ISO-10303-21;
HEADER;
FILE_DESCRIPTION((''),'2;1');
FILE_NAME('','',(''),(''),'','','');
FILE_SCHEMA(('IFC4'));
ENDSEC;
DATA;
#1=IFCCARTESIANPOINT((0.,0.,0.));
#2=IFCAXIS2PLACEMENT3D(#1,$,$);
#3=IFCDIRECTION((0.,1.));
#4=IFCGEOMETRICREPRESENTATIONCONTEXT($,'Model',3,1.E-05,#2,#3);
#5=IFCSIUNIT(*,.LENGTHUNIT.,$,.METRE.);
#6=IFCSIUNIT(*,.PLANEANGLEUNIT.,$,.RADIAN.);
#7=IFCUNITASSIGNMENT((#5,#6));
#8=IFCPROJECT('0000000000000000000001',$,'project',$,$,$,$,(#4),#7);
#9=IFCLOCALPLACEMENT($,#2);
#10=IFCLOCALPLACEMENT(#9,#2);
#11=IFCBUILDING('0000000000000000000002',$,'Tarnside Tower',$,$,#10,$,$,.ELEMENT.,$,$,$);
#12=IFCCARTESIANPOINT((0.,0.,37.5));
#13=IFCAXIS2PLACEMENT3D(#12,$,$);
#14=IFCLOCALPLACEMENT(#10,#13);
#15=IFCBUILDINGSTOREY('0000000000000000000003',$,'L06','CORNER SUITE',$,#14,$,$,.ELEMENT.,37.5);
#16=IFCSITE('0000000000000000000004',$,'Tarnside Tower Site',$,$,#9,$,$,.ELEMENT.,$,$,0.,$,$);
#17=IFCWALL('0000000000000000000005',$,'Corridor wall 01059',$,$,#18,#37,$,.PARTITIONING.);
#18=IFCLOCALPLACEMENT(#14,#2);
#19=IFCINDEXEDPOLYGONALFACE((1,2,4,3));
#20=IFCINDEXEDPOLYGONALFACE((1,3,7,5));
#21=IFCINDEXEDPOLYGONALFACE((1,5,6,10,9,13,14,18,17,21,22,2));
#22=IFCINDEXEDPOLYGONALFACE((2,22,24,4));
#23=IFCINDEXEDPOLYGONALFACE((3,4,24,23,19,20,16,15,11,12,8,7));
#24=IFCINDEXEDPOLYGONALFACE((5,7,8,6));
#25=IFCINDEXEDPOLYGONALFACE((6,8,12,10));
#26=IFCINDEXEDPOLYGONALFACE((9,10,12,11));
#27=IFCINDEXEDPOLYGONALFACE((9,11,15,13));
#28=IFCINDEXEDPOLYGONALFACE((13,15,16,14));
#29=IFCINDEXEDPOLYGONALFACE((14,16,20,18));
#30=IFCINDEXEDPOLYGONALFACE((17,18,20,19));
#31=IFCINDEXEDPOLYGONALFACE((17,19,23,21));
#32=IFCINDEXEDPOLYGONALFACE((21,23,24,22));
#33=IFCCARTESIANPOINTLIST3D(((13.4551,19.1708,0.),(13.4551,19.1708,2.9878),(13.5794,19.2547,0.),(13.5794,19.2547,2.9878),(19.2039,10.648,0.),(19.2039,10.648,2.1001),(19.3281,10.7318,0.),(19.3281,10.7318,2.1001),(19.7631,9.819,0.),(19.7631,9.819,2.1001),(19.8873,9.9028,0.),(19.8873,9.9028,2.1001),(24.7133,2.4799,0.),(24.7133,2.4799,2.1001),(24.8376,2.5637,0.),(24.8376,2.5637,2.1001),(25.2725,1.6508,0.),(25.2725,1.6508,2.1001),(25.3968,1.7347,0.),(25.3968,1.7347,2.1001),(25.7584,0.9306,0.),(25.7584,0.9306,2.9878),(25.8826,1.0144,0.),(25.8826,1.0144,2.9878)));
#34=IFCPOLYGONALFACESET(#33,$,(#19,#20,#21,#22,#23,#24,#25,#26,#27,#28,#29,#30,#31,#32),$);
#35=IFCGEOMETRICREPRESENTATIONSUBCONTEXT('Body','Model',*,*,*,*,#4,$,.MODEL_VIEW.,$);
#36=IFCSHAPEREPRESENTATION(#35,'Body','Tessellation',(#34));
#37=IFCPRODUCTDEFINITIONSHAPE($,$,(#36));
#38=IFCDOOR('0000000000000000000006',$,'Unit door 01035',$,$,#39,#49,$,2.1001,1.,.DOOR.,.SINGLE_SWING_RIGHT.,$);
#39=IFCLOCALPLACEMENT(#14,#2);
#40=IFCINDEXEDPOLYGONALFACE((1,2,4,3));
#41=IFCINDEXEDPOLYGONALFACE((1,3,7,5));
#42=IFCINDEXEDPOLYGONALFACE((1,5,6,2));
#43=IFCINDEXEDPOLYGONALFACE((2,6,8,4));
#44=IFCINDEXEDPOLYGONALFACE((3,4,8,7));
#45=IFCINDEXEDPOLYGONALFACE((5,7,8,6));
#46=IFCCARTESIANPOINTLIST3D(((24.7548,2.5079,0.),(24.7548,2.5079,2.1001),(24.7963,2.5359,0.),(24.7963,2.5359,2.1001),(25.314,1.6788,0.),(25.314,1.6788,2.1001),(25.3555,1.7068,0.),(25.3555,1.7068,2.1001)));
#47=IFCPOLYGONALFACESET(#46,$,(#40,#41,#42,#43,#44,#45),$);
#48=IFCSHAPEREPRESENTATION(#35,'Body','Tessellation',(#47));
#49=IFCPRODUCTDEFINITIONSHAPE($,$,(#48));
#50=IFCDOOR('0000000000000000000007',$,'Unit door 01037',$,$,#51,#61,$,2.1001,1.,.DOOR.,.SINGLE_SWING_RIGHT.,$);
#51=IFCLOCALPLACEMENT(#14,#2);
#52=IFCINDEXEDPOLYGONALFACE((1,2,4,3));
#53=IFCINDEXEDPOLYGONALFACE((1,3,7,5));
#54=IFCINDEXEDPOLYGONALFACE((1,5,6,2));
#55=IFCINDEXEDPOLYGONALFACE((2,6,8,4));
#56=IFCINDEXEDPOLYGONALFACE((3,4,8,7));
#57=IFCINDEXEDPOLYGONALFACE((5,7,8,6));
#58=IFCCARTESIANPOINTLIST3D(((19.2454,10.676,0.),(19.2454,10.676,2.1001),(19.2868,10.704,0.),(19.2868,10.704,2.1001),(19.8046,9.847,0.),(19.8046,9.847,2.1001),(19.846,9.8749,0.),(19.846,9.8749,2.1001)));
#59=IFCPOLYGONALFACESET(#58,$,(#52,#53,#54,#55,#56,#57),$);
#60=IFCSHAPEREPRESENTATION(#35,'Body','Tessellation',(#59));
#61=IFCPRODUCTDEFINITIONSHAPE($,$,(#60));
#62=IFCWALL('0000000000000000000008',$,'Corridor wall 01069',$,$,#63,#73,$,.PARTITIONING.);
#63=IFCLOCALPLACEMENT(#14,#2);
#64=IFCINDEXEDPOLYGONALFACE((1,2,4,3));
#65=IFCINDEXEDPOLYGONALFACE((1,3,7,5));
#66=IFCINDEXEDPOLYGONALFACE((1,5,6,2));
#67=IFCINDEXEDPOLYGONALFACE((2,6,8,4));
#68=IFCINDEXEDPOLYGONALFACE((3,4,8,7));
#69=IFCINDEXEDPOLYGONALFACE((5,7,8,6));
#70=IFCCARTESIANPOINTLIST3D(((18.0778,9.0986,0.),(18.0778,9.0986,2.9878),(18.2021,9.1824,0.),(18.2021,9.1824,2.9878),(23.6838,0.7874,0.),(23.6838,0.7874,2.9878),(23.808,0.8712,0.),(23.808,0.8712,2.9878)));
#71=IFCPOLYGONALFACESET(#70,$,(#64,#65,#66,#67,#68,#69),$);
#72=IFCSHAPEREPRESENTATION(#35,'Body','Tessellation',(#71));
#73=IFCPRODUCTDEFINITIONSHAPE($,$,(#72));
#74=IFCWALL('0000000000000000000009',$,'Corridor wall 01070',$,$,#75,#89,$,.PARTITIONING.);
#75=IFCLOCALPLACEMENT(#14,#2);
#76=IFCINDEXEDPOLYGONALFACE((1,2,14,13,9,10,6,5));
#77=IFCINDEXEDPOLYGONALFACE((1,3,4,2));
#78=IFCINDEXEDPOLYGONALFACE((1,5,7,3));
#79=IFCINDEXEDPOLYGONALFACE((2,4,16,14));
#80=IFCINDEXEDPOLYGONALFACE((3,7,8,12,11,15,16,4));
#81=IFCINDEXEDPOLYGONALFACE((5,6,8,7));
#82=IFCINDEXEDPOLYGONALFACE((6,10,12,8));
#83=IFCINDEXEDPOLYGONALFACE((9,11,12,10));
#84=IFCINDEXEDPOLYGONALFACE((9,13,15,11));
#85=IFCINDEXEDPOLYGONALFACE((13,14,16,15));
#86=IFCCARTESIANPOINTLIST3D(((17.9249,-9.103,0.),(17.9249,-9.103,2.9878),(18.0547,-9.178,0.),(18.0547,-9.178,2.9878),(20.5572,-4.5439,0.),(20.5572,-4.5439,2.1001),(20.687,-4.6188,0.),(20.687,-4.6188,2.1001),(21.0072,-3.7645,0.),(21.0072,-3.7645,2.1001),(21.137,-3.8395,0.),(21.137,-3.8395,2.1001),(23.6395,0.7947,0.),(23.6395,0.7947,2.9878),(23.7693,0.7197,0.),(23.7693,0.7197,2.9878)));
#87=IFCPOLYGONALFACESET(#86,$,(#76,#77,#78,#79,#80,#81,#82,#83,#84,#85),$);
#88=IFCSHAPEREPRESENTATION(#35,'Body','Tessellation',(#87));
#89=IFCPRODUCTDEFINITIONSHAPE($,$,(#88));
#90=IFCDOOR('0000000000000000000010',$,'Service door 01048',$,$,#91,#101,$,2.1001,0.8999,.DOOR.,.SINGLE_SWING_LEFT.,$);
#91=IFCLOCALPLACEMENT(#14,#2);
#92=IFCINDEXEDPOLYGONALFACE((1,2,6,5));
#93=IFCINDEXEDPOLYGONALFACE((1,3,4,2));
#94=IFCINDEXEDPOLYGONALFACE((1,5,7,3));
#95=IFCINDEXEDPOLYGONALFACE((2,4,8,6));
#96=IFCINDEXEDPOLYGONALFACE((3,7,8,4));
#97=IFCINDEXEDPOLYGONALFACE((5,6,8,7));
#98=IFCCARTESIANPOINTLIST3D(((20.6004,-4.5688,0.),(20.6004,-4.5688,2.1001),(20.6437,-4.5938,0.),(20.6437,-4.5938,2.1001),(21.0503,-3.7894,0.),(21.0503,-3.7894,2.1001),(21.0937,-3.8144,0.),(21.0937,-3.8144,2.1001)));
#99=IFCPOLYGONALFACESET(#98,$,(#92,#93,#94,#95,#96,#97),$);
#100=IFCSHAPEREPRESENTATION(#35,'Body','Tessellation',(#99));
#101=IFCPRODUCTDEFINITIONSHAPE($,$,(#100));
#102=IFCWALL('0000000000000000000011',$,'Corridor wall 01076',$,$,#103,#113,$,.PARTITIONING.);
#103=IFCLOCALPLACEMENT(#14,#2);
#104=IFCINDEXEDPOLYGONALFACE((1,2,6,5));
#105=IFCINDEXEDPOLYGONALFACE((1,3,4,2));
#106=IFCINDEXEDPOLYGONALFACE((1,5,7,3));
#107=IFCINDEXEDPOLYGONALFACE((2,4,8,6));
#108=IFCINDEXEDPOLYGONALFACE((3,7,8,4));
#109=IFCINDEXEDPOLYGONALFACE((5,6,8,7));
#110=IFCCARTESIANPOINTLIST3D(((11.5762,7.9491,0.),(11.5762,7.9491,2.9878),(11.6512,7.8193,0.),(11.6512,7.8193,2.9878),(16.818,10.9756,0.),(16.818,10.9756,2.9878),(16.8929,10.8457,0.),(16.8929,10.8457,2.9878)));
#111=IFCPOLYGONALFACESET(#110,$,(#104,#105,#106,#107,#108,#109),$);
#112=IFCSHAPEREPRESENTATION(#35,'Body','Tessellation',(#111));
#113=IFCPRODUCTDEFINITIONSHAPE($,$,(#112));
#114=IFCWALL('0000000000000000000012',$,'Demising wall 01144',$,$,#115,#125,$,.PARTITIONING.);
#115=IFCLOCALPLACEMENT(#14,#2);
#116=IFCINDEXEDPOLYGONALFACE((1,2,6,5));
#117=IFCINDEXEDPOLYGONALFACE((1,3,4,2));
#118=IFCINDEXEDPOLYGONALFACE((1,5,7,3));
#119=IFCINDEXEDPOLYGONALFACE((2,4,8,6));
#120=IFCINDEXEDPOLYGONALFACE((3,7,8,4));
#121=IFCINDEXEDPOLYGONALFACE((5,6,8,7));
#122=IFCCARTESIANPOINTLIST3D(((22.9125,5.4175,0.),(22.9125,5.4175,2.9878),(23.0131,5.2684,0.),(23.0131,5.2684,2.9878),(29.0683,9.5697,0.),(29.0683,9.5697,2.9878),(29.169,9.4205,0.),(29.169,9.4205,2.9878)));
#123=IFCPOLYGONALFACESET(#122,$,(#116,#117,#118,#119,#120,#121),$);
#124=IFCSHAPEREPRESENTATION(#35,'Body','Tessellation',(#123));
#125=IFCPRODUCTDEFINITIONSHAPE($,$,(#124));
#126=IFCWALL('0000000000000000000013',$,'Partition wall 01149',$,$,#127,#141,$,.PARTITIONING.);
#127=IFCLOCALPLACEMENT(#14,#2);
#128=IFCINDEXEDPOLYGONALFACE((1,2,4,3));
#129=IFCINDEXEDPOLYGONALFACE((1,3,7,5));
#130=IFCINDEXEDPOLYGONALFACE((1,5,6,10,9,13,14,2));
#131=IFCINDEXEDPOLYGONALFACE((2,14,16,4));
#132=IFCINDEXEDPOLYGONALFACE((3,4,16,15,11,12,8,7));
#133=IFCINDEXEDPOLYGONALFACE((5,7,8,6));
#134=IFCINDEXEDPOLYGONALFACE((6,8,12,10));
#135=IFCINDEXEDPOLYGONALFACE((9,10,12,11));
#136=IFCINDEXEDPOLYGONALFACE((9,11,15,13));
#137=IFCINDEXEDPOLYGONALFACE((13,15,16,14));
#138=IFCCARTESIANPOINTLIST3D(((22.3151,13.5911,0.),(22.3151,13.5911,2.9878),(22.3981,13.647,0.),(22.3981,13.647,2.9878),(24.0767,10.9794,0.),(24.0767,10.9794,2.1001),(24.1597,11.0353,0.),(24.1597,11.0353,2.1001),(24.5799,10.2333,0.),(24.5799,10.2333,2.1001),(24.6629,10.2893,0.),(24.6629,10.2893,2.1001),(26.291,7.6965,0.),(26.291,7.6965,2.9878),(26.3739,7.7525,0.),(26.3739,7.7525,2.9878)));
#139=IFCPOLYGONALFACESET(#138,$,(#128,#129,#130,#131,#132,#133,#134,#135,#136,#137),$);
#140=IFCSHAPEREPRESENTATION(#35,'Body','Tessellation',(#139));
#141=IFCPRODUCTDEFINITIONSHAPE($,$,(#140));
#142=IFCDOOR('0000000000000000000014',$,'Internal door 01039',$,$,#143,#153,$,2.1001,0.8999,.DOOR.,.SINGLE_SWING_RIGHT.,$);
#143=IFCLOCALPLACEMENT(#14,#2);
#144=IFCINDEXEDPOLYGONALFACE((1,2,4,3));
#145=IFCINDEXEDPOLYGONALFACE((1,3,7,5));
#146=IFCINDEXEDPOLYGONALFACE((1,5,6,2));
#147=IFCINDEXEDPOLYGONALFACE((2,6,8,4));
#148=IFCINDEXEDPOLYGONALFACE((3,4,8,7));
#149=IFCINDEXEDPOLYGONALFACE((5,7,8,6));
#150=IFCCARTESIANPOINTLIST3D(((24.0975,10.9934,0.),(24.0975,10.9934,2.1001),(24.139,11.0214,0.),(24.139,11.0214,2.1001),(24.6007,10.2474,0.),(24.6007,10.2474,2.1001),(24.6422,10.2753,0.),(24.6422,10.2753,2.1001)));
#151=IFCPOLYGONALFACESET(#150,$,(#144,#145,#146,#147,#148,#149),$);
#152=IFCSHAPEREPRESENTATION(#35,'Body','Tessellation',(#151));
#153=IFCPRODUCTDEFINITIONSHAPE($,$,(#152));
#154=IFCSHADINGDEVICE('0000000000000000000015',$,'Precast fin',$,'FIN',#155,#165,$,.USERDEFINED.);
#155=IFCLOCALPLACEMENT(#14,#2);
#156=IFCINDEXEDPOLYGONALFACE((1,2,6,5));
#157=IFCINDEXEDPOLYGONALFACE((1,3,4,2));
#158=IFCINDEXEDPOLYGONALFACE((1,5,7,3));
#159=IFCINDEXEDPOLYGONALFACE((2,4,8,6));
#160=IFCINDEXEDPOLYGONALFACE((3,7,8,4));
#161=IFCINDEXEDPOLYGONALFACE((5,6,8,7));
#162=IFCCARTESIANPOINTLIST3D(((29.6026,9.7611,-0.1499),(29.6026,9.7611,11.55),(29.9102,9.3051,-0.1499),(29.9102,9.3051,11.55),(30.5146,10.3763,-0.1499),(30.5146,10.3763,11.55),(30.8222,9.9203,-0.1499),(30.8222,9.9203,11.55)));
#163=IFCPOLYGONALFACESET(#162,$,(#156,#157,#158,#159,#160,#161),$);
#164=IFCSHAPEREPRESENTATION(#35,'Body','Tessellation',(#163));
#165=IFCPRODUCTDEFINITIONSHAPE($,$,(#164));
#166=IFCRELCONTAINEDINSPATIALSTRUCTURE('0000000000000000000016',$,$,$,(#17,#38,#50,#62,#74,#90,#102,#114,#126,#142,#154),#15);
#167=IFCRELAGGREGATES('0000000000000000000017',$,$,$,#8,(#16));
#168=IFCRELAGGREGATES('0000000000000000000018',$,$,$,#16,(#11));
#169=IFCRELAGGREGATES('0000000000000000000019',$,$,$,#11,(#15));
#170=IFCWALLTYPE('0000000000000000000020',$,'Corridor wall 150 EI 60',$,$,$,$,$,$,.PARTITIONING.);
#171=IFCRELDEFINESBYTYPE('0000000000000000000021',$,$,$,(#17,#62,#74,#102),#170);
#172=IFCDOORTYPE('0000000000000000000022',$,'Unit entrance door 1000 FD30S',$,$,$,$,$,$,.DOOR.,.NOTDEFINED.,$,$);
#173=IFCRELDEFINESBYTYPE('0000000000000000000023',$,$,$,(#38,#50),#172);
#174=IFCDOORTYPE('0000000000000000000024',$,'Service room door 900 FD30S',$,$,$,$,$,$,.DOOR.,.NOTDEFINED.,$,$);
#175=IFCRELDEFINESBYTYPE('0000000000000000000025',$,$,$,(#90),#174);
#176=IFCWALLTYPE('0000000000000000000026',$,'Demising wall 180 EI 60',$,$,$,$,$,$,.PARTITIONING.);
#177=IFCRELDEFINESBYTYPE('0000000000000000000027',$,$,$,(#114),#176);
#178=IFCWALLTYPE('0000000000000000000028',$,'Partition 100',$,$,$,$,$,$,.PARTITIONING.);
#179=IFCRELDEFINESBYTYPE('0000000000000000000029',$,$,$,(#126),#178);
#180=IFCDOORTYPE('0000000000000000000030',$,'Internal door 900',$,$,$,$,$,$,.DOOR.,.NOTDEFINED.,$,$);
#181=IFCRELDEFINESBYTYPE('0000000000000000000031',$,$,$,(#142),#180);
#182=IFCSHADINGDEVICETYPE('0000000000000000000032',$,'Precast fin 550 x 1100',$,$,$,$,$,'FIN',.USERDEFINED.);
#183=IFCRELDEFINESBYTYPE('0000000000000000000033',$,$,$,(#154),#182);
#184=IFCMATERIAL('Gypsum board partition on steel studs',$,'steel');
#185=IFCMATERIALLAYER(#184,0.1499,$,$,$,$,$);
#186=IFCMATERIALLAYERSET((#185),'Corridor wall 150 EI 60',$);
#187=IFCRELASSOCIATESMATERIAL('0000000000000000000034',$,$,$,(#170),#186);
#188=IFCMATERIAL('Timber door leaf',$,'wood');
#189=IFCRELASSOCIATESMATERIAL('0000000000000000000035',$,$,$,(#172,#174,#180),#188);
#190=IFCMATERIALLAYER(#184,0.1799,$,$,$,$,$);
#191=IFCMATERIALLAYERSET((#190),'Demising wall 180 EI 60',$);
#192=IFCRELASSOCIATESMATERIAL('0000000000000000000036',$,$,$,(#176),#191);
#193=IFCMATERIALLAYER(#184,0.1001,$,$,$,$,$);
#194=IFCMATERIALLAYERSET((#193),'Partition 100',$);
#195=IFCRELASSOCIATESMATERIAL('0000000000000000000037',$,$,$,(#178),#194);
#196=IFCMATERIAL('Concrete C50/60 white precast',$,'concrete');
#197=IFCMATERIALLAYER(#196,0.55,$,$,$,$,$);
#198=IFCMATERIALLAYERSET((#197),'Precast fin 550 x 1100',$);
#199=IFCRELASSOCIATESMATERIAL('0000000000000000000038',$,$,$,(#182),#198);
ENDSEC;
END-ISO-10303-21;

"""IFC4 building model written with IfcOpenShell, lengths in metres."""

from ifc_helpers import new_model, si_unit, direction, frame, frame_2d, origin, place, context, subcontext, project, spatial, polyline, rectangle, outline, extrude, material, layer, layer_set, type_object, element, fill, save


model = new_model("IFC4")

# Units and contexts
model_context = context("Model", 3, precision=1e-05, world=origin(), true_north=direction((0.0, 1.0)))
body_context = subcontext(model_context, "Body", "Model", "MODEL_VIEW")
ifc_project = project(units=[si_unit("LENGTHUNIT", "METRE"), si_unit("PLANEANGLEUNIT", "RADIAN")], contexts=[model_context])

# Site, building, storey
site_placement = place(None, origin())
site = spatial("IfcSite", under=ifc_project, at=site_placement, Name="Tarnside Tower Site", CompositionType="ELEMENT", RefElevation=0.0)
building_placement = place(site_placement, origin())
building = spatial("IfcBuilding", under=site, at=building_placement, Name="Tarnside Tower", CompositionType="ELEMENT")
storey_placement = place(building_placement, frame((0.0, 0.0, 37.5)))
storey = spatial("IfcBuildingStorey", under=building, at=storey_placement, Name="L06", Description="CORNER SUITE", CompositionType="ELEMENT", Elevation=37.5)

# Shared definitions
ifc_material_1 = material(Name="Gypsum board partition on steel studs", Category="steel")

# Shared definitions
ifc_material_2 = material(Name="Timber door leaf", Category="wood")

# Wall, openings, doors
ifc_layer_1 = layer(ifc_material_1, 0.1499)
ifc_layer_set_1 = layer_set([ifc_layer_1], Name="Corridor wall 150 EI 60")
wall_type_1 = type_object("IfcWallType", Name="Corridor wall 150 EI 60", PredefinedType="PARTITIONING", material=ifc_layer_set_1)
wall_1_placement = place(storey_placement, frame((25.8206, 0.9724, 0.0), z_axis=(0.0, 0.0, 1.0), x_axis=(-0.559194, 0.829037, 0.0)))
wall_1 = element("IfcWall", 1, at=wall_1_placement, inside=storey, type_object=wall_type_1, Name="Corridor wall 01059", PredefinedType="PARTITIONING", context=body_context, shape_type="SweptSolid", body=[
    extrude(rectangle(XDim=22.0017, YDim=0.1499, at=frame_2d((11.001, 0.0))), origin(), (0.0, 0.0, 1.0), 2.9878),
])
opening_1_placement = place(wall_1_placement, frame((0.8689, 0.0, 0.0)))
opening_1 = element("IfcOpeningElement", 2, at=opening_1_placement, cuts=wall_1, PredefinedType="OPENING", context=body_context, shape_type="SweptSolid", body=[
    extrude(rectangle(XDim=1.0, YDim=2.1001, at=frame_2d((0.5, 1.05))), frame((0.0, 0.085, 0.0), z_axis=(0.0, -1.0, 0.0), x_axis=(1.0, 0.0, 0.0)), (0.0, 0.0, 1.0), 0.1699),
])
opening_2_placement = place(wall_1_placement, frame((10.7214, 0.0, 0.0)))
opening_2 = element("IfcOpeningElement", 3, at=opening_2_placement, cuts=wall_1, PredefinedType="OPENING", context=body_context, shape_type="SweptSolid", body=[
    extrude(rectangle(XDim=1.0, YDim=2.1001, at=frame_2d((0.5, 1.05))), frame((0.0, 0.085, 0.0), z_axis=(0.0, -1.0, 0.0), x_axis=(1.0, 0.0, 0.0)), (0.0, 0.0, 1.0), 0.1699),
])
door_type_1 = type_object("IfcDoorType", Name="Unit entrance door 1000 FD30S", OperationType="NOTDEFINED", PredefinedType="DOOR", material=ifc_material_2)
door_1_placement = place(opening_1_placement, origin())
door_1 = element("IfcDoor", 4, at=door_1_placement, inside=storey, type_object=door_type_1, Name="Unit door 01035", OperationType="SINGLE_SWING_RIGHT", OverallHeight=2.1001, OverallWidth=1.0, PredefinedType="DOOR", context=body_context, shape_type="SweptSolid", body=[
    extrude(rectangle(XDim=1.0, YDim=2.1001, at=frame_2d((0.5, 1.05))), frame((0.0, 0.0249, 0.0), z_axis=(0.0, -1.0, 0.0), x_axis=(1.0, 0.0, 0.0)), (0.0, 0.0, 1.0), 0.05),
])
fill(opening_1, door_1)
door_2_placement = place(opening_2_placement, origin())
door_2 = element("IfcDoor", 5, at=door_2_placement, inside=storey, type_object=door_type_1, Name="Unit door 01037", OperationType="SINGLE_SWING_RIGHT", OverallHeight=2.1001, OverallWidth=1.0, PredefinedType="DOOR", context=body_context, shape_type="SweptSolid", body=[
    extrude(rectangle(XDim=1.0, YDim=2.1001, at=frame_2d((0.5, 1.05))), frame((0.0, 0.0249, 0.0), z_axis=(0.0, -1.0, 0.0), x_axis=(1.0, 0.0, 0.0)), (0.0, 0.0, 1.0), 0.05),
])
fill(opening_2, door_2)

# Wall
wall_2_placement = place(storey_placement, frame((18.1399, 9.1406, 0.0), z_axis=(0.0, 0.0, 1.0), x_axis=(0.559188, -0.829041, 0.0)))
element("IfcWall", 6, at=wall_2_placement, inside=storey, type_object=wall_type_1, Name="Corridor wall 01069", PredefinedType="PARTITIONING", context=body_context, shape_type="SweptSolid", body=[
    extrude(rectangle(XDim=10.0251, YDim=0.1499, at=frame_2d((5.0127, 0.0))), origin(), (0.0, 0.0, 1.0), 2.9878),
])

# Wall, opening, door
wall_3_placement = place(storey_placement, frame((23.7043, 0.7571, 0.0), z_axis=(0.0, 0.0, 1.0), x_axis=(-0.50001, -0.866019, 0.0)))
wall_3 = element("IfcWall", 7, at=wall_3_placement, inside=storey, type_object=wall_type_1, Name="Corridor wall 01070", PredefinedType="PARTITIONING", context=body_context, shape_type="SweptSolid", body=[
    extrude(rectangle(XDim=11.429, YDim=0.1499, at=frame_2d((5.7144, 0.0))), origin(), (0.0, 0.0, 1.0), 2.9878),
])
opening_3_placement = place(wall_3_placement, frame((5.2644, 0.0, 0.0)))
opening_3 = element("IfcOpeningElement", 8, at=opening_3_placement, cuts=wall_3, PredefinedType="OPENING", context=body_context, shape_type="SweptSolid", body=[
    extrude(rectangle(XDim=0.8999, YDim=2.1001, at=frame_2d((0.45, 1.05))), frame((0.0, 0.085, 0.0), z_axis=(0.0, -1.0, 0.0), x_axis=(1.0, 0.0, 0.0)), (0.0, 0.0, 1.0), 0.1699),
])
door_type_2 = type_object("IfcDoorType", Name="Service room door 900 FD30S", OperationType="NOTDEFINED", PredefinedType="DOOR", material=ifc_material_2)
door_3_placement = place(opening_3_placement, origin())
door_3 = element("IfcDoor", 9, at=door_3_placement, inside=storey, type_object=door_type_2, Name="Service door 01048", OperationType="SINGLE_SWING_LEFT", OverallHeight=2.1001, OverallWidth=0.8999, PredefinedType="DOOR", context=body_context, shape_type="SweptSolid", body=[
    extrude(rectangle(XDim=0.8999, YDim=2.1001, at=frame_2d((0.45, 1.05))), frame((0.0, 0.0249, 0.0), z_axis=(0.0, -1.0, 0.0), x_axis=(1.0, 0.0, 0.0)), (0.0, 0.0, 1.0), 0.05),
])
fill(opening_3, door_3)

# Walls
wall_4_placement = place(storey_placement, frame((16.8555, 10.9106, 0.0), z_axis=(0.0, 0.0, 1.0), x_axis=(-0.86602, -0.500009, 0.0)))
element("IfcWall", 10, at=wall_4_placement, inside=storey, type_object=wall_type_1, Name="Corridor wall 01076", PredefinedType="PARTITIONING", context=body_context, shape_type="SweptSolid", body=[
    extrude(rectangle(XDim=6.0527, YDim=0.1499, at=frame_2d((3.0264, 0.0))), origin(), (0.0, 0.0, 1.0), 2.9878),
])
ifc_layer_2 = layer(ifc_material_1, 0.1799)
ifc_layer_set_2 = layer_set([ifc_layer_2], Name="Demising wall 180 EI 60")
wall_type_2 = type_object("IfcWallType", Name="Demising wall 180 EI 60", PredefinedType="PARTITIONING", material=ifc_layer_set_2)
wall_5_placement = place(storey_placement, frame((29.1187, 9.4951, 0.0), z_axis=(0.0, 0.0, 1.0), x_axis=(-0.829038, -0.559192, 0.0)))
element("IfcWall", 11, at=wall_5_placement, inside=storey, type_object=wall_type_2, Name="Demising wall 01144", PredefinedType="PARTITIONING", context=body_context, shape_type="SweptSolid", body=[
    extrude(rectangle(XDim=7.4253, YDim=0.1799, at=frame_2d((3.7126, 0.0))), origin(), (0.0, 0.0, 1.0), 2.9878),
])

# Wall, opening, door
ifc_layer_3 = layer(ifc_material_1, 0.1001)
ifc_layer_set_3 = layer_set([ifc_layer_3], Name="Partition 100")
wall_type_3 = type_object("IfcWallType", Name="Partition 100", PredefinedType="PARTITIONING", material=ifc_layer_set_3)
wall_6_placement = place(storey_placement, frame((26.3325, 7.7244, 0.0), z_axis=(0.0, 0.0, 1.0), x_axis=(-0.559185, 0.829043, 0.0)))
wall_6 = element("IfcWall", 12, at=wall_6_placement, inside=storey, type_object=wall_type_3, Name="Partition wall 01149", PredefinedType="PARTITIONING", context=body_context, shape_type="SweptSolid", body=[
    extrude(rectangle(XDim=7.1101, YDim=0.1001, at=frame_2d((3.5552, 0.0))), origin(), (0.0, 0.0, 1.0), 2.9878),
])
opening_4_placement = place(wall_6_placement, frame((3.0601, 0.0, 0.0)))
opening_4 = element("IfcOpeningElement", 13, at=opening_4_placement, cuts=wall_6, PredefinedType="OPENING", context=body_context, shape_type="SweptSolid", body=[
    extrude(rectangle(XDim=0.8999, YDim=2.1001, at=frame_2d((0.45, 1.05))), frame((0.0, 0.0601, 0.0), z_axis=(0.0, -1.0, 0.0), x_axis=(1.0, 0.0, 0.0)), (0.0, 0.0, 1.0), 0.1201),
])
door_type_3 = type_object("IfcDoorType", Name="Internal door 900", OperationType="NOTDEFINED", PredefinedType="DOOR", material=ifc_material_2)
door_4_placement = place(opening_4_placement, origin())
door_4 = element("IfcDoor", 14, at=door_4_placement, inside=storey, type_object=door_type_3, Name="Internal door 01039", OperationType="SINGLE_SWING_RIGHT", OverallHeight=2.1001, OverallWidth=0.8999, PredefinedType="DOOR", context=body_context, shape_type="SweptSolid", body=[
    extrude(rectangle(XDim=0.8999, YDim=2.1001, at=frame_2d((0.45, 1.05))), frame((0.0, 0.0249, 0.0), z_axis=(0.0, -1.0, 0.0), x_axis=(1.0, 0.0, 0.0)), (0.0, 0.0, 1.0), 0.05),
])
fill(opening_4, door_4)

# Shading device
ifc_material_3 = material(Name="Concrete C50/60 white precast", Category="concrete")
ifc_layer_4 = layer(ifc_material_3, 0.55)
ifc_layer_set_4 = layer_set([ifc_layer_4], Name="Precast fin 550 x 1100")
shading_device_type = type_object("IfcShadingDeviceType", Name="Precast fin 550 x 1100", ElementType="FIN", PredefinedType="USERDEFINED", material=ifc_layer_set_4)
for number, where, z_axis, x_axis, name in (
    (15, (29.7563, 9.5332, -0.1499), (0.559193, -0.829038, 0.0), (0.829038, 0.559193, 0.0), "Precast fin"),
):
    element("IfcShadingDevice", number, at=place(storey_placement, frame(where, z_axis=z_axis, x_axis=x_axis)), inside=storey, type_object=shading_device_type, Name=name, ObjectType="FIN", PredefinedType="USERDEFINED", context=body_context, shape_type="SweptSolid", body=[
        extrude(outline(polyline([(0.0, 0.0), (1.1001, 0.0), (1.1001, 11.7), (0.0, 11.7), (0.0, 0.0)])), frame((0.0, 0.0, -0.2749)), (0.0, 0.0, 1.0), 0.55),
    ])

save(model, "model.ifc")
